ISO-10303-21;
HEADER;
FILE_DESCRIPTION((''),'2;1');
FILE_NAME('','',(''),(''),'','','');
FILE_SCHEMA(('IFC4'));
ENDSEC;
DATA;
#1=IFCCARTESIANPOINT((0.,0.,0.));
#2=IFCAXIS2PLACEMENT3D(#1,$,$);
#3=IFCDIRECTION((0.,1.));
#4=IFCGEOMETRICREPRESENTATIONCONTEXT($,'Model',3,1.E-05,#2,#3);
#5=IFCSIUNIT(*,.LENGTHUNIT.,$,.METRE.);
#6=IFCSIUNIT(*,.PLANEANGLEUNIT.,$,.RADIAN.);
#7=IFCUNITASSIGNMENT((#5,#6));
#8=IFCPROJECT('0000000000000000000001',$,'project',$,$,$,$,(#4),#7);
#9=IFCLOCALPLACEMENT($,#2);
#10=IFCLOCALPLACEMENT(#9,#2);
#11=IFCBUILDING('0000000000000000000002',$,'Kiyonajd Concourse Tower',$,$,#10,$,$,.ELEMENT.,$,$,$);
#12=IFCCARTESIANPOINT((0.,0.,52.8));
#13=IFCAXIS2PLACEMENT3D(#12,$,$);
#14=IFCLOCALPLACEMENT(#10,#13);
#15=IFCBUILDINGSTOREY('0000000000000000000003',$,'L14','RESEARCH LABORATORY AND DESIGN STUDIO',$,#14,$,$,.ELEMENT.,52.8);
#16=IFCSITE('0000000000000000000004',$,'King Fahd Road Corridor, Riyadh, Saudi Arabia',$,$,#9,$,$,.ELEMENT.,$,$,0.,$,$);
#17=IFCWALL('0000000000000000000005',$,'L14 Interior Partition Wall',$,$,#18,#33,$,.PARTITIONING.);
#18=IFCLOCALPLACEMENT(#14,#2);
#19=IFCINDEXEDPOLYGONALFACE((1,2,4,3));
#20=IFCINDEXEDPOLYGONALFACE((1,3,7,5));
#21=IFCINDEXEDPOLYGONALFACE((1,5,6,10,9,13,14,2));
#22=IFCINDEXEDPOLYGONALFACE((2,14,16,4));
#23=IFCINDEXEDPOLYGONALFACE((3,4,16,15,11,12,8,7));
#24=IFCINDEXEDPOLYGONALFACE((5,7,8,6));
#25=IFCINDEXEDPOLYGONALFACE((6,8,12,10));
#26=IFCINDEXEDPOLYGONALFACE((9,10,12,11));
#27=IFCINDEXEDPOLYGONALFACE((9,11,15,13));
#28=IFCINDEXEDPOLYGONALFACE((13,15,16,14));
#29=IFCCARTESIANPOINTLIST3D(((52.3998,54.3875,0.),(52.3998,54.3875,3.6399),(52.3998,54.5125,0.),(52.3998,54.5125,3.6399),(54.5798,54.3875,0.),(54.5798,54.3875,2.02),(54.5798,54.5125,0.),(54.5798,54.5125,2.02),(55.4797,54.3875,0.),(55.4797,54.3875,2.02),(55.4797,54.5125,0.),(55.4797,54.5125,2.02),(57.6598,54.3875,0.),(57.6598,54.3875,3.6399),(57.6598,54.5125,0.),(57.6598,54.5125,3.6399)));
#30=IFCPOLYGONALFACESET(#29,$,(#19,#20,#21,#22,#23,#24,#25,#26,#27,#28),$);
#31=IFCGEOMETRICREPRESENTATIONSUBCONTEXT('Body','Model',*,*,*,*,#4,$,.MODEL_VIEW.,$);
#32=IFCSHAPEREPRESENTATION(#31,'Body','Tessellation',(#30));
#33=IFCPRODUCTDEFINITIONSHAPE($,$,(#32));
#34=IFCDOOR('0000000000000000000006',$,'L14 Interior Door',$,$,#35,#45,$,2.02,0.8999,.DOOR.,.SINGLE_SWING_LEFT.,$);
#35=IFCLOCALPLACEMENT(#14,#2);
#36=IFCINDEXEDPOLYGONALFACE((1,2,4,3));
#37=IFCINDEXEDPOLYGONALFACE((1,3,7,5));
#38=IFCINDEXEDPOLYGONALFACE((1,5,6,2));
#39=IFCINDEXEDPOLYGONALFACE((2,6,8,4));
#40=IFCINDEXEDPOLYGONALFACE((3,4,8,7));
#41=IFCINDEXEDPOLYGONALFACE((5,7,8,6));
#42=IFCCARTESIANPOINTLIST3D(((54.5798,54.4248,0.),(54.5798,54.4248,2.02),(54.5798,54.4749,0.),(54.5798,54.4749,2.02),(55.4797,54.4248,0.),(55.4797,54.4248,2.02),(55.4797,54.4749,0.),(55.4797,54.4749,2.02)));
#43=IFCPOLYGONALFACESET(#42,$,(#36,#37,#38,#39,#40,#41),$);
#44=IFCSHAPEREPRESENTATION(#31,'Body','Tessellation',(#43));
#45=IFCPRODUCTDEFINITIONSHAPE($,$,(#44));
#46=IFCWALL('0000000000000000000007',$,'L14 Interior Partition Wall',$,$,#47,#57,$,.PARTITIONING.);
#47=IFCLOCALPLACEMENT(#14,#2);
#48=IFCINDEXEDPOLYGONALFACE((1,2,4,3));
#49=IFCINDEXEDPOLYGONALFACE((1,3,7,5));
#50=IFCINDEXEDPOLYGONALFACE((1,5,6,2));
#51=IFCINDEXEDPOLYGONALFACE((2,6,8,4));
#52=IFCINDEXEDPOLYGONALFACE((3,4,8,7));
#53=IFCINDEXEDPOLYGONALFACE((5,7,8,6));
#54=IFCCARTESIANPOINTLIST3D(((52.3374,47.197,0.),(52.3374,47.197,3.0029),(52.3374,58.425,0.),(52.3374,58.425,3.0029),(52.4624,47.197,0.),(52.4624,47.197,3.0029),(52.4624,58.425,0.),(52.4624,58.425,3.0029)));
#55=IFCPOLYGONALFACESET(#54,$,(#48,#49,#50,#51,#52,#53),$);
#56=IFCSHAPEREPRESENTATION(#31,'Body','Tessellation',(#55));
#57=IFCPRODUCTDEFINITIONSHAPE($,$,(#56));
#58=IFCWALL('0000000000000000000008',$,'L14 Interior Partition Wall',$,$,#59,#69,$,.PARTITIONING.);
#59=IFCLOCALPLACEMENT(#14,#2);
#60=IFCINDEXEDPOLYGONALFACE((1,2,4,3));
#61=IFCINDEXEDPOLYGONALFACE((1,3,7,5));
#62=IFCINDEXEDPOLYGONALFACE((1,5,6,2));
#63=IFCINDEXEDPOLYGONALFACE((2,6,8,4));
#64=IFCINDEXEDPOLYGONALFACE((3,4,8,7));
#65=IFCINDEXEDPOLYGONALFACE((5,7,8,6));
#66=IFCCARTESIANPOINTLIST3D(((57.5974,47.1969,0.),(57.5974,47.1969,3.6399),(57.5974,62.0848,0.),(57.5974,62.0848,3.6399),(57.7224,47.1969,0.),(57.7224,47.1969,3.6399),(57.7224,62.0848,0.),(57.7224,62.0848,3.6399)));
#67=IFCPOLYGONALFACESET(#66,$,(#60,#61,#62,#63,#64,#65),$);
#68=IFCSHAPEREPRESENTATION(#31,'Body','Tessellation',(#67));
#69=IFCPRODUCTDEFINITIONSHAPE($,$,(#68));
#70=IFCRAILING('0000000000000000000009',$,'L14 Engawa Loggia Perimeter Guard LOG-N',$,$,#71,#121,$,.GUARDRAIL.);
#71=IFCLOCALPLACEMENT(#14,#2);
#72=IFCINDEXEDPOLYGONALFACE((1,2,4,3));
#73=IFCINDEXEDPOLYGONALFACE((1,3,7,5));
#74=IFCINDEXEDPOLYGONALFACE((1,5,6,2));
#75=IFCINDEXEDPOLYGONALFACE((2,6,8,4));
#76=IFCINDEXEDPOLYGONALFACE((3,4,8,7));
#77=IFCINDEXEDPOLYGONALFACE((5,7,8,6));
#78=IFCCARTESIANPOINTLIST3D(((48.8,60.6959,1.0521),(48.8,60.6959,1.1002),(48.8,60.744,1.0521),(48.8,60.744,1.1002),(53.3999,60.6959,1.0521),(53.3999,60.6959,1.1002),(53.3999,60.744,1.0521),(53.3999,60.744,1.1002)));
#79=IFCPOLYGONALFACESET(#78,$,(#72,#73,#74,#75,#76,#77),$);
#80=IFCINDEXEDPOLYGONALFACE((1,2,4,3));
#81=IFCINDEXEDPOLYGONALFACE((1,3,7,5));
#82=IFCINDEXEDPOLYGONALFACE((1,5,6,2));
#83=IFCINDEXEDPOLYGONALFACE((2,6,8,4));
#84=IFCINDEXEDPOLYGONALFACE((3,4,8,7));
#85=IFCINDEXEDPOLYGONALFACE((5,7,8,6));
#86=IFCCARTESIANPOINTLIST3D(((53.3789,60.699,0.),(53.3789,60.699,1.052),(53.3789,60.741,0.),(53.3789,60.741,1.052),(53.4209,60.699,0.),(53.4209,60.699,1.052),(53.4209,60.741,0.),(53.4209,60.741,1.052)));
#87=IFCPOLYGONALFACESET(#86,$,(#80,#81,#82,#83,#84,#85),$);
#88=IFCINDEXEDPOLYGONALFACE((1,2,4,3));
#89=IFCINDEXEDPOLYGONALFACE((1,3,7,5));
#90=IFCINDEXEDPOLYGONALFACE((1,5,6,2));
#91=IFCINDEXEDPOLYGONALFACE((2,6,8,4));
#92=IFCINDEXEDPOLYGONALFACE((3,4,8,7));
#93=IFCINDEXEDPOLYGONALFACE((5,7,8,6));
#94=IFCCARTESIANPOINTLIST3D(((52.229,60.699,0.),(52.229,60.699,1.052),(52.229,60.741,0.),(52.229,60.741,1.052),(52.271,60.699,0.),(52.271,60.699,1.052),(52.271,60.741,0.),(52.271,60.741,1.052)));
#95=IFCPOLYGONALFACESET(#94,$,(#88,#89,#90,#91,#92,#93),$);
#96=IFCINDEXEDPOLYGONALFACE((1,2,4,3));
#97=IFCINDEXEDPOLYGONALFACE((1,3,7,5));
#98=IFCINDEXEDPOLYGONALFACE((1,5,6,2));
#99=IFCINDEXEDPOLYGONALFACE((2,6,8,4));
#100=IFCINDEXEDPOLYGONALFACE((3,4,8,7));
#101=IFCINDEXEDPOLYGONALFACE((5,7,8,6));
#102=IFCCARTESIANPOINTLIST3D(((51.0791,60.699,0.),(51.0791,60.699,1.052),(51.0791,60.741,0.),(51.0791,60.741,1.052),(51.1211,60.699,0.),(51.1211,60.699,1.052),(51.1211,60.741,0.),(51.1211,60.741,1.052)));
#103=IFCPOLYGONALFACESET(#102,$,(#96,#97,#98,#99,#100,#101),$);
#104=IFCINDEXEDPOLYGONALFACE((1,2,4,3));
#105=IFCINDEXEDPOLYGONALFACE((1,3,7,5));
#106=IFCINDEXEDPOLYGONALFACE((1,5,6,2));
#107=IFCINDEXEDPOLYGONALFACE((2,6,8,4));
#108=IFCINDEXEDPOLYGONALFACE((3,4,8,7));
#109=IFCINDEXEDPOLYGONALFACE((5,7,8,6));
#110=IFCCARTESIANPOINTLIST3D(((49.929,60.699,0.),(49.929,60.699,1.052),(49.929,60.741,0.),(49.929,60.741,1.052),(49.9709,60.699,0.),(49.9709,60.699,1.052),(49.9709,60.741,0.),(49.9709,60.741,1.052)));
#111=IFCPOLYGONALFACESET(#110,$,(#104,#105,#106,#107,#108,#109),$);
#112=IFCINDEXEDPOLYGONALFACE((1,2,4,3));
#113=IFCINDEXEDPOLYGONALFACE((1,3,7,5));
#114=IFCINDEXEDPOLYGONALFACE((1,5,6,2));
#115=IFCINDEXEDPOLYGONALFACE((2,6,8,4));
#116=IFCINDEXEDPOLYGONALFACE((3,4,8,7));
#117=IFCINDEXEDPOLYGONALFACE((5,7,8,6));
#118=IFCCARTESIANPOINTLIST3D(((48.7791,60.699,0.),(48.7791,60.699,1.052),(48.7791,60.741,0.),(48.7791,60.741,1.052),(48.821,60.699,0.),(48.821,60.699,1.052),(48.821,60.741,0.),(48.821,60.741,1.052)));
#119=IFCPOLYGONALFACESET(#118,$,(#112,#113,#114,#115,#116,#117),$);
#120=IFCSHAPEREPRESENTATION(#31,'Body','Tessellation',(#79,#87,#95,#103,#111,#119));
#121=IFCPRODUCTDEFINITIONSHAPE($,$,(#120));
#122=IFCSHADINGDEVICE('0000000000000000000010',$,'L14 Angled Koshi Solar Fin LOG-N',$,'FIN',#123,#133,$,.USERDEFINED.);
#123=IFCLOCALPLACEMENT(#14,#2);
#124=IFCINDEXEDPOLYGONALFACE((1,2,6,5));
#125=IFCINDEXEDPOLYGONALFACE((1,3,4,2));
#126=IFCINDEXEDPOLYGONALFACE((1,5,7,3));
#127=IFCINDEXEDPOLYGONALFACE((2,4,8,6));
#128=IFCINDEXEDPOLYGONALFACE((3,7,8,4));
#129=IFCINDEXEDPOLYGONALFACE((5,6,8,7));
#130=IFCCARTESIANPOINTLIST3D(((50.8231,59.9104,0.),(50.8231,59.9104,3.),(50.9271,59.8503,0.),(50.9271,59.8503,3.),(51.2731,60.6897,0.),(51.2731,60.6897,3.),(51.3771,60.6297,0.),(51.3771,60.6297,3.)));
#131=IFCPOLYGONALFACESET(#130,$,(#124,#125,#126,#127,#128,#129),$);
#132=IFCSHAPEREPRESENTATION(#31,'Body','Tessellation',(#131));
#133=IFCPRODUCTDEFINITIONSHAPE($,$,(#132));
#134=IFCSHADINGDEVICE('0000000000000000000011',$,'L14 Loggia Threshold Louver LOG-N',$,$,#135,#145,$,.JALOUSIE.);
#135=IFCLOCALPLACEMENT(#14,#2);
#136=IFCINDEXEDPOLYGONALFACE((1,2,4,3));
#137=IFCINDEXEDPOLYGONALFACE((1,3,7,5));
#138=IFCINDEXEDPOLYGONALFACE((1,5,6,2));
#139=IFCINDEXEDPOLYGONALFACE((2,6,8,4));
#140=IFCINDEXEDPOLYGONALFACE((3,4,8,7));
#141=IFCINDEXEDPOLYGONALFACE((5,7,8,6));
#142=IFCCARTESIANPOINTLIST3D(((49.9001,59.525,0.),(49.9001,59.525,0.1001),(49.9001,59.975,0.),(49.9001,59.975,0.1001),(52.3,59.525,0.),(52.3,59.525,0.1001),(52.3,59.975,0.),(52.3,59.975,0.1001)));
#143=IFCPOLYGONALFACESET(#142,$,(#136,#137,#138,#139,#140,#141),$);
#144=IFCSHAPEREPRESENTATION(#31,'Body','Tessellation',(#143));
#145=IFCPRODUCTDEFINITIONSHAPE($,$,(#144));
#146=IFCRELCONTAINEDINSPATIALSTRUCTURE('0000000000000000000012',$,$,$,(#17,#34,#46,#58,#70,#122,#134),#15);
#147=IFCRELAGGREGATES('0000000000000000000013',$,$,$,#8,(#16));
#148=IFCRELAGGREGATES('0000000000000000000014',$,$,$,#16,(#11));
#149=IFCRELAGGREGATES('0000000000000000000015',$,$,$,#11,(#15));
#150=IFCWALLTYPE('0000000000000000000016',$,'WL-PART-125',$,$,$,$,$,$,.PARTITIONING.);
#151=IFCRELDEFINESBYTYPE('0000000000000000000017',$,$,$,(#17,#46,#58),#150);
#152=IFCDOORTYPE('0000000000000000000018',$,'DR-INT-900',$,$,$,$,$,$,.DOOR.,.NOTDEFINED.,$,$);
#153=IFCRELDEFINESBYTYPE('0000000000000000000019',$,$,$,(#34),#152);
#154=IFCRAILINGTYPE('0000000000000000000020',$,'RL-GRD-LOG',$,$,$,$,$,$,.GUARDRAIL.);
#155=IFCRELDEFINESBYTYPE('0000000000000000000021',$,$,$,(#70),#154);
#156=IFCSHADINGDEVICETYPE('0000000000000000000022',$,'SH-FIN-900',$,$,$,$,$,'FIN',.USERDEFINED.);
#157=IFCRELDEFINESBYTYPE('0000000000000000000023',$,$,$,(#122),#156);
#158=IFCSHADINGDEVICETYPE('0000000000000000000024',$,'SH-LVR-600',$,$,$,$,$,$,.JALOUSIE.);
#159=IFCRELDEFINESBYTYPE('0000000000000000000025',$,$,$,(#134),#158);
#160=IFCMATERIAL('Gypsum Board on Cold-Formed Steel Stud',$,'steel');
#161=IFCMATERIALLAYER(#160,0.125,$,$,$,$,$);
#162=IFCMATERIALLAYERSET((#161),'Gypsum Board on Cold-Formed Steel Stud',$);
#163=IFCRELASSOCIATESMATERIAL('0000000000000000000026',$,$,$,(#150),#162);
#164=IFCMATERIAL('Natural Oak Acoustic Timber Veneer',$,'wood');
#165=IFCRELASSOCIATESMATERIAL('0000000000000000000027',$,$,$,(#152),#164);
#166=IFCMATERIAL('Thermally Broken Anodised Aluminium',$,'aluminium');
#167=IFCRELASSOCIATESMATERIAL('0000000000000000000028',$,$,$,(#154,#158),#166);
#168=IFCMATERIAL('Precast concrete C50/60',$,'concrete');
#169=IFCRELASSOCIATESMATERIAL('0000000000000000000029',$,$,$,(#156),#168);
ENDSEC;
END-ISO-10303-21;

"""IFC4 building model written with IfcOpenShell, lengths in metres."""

from ifc_helpers import new_model, si_unit, direction, frame, frame_2d, origin, origin_2d, place, context, subcontext, project, spatial, rectangle, extrude, material, layer, layer_set, type_object, element, fill, save


model = new_model("IFC4")

# Units and contexts
model_context = context("Model", 3, precision=1e-05, world=origin(), true_north=direction((0.0, 1.0)))
body_context = subcontext(model_context, "Body", "Model", "MODEL_VIEW")
ifc_project = project(units=[si_unit("LENGTHUNIT", "METRE"), si_unit("PLANEANGLEUNIT", "RADIAN")], contexts=[model_context])

# Site, building, storey
site_placement = place(None, origin())
site = spatial("IfcSite", under=ifc_project, at=site_placement, Name="King Fahd Road Corridor, Riyadh, Saudi Arabia", CompositionType="ELEMENT", RefElevation=0.0)
building_placement = place(site_placement, origin())
building = spatial("IfcBuilding", under=site, at=building_placement, Name="Kiyonajd Concourse Tower", CompositionType="ELEMENT")
storey_placement = place(building_placement, frame((0.0, 0.0, 52.8)))
storey = spatial("IfcBuildingStorey", under=building, at=storey_placement, Name="L14", Description="RESEARCH LABORATORY AND DESIGN STUDIO", CompositionType="ELEMENT", Elevation=52.8)

# Shared definitions
ifc_material_1 = material(Name="Precast concrete C50/60", Category="concrete")

# Shared definitions
ifc_material_2 = material(Name="Thermally Broken Anodised Aluminium", Category="aluminium")

# Wall, opening, door
ifc_material_3 = material(Name="Gypsum Board on Cold-Formed Steel Stud", Category="steel")
ifc_layer_1 = layer(ifc_material_3, 0.125)
ifc_layer_set_1 = layer_set([ifc_layer_1], Name="Gypsum Board on Cold-Formed Steel Stud")
wall_type_1 = type_object("IfcWallType", Name="WL-PART-125", PredefinedType="PARTITIONING", material=ifc_layer_set_1)
wall_1_placement = place(storey_placement, frame((52.3999, 54.45, 0.0), z_axis=(0.0, 0.0, 1.0), x_axis=(1.0, 0.0, 0.0)))
wall_1 = element("IfcWall", 1, at=wall_1_placement, inside=storey, type_object=wall_type_1, Name="L14 Interior Partition Wall", PredefinedType="PARTITIONING", context=body_context, shape_type="SweptSolid", body=[
    extrude(rectangle(XDim=5.26, YDim=0.125, at=frame_2d((2.6299, 0.0))), origin(), (0.0, 0.0, 1.0), 3.6399),
])
opening_1_placement = place(wall_1_placement, frame((2.1799, 0.0, 0.0)))
opening_1 = element("IfcOpeningElement", 2, at=opening_1_placement, cuts=wall_1, PredefinedType="OPENING", context=body_context, shape_type="SweptSolid", body=[
    extrude(rectangle(XDim=0.8999, YDim=2.02, at=frame_2d((0.45, 1.01))), frame((0.0, 0.0725, 0.0), z_axis=(0.0, -1.0, 0.0), x_axis=(1.0, 0.0, 0.0)), (0.0, 0.0, 1.0), 0.145),
])
ifc_material_4 = material(Name="Natural Oak Acoustic Timber Veneer", Category="wood")
door_type_1 = type_object("IfcDoorType", Name="DR-INT-900", OperationType="NOTDEFINED", PredefinedType="DOOR", material=ifc_material_4)
door_1_placement = place(opening_1_placement, origin())
door_1 = element("IfcDoor", 3, at=door_1_placement, inside=storey, type_object=door_type_1, Name="L14 Interior Door", OperationType="SINGLE_SWING_LEFT", OverallHeight=2.02, OverallWidth=0.8999, PredefinedType="DOOR", context=body_context, shape_type="SweptSolid", body=[
    extrude(rectangle(XDim=0.8999, YDim=2.02, at=frame_2d((0.45, 1.01))), frame((0.0, 0.0249, 0.0), z_axis=(0.0, -1.0, 0.0), x_axis=(1.0, 0.0, 0.0)), (0.0, 0.0, 1.0), 0.05),
])
fill(opening_1, door_1)

# Walls
wall_2_placement = place(storey_placement, frame((52.3999, 47.197, 0.0), z_axis=(0.0, 0.0, 1.0), x_axis=(0.0, 1.0, 0.0)))
element("IfcWall", 4, at=wall_2_placement, inside=storey, type_object=wall_type_1, Name="L14 Interior Partition Wall", PredefinedType="PARTITIONING", context=body_context, shape_type="SweptSolid", body=[
    extrude(rectangle(XDim=11.228, YDim=0.125, at=frame_2d((5.614, 0.0))), origin(), (0.0, 0.0, 1.0), 3.0029),
])
wall_3_placement = place(storey_placement, frame((57.6599, 47.197, 0.0), z_axis=(0.0, 0.0, 1.0), x_axis=(0.0, 1.0, 0.0)))
element("IfcWall", 5, at=wall_3_placement, inside=storey, type_object=wall_type_1, Name="L14 Interior Partition Wall", PredefinedType="PARTITIONING", context=body_context, shape_type="SweptSolid", body=[
    extrude(rectangle(XDim=14.8879, YDim=0.125, at=frame_2d((7.4438, 0.0))), origin(), (0.0, 0.0, 1.0), 3.6399),
])

# Railing
railing_type = type_object("IfcRailingType", Name="RL-GRD-LOG", PredefinedType="GUARDRAIL", material=ifc_material_2)
railing_placement = place(storey_placement, frame((53.3999, 60.72, 0.0)))
element("IfcRailing", 6, at=railing_placement, inside=storey, type_object=railing_type, Name="L14 Engawa Loggia Perimeter Guard LOG-N", PredefinedType="GUARDRAIL", context=body_context, shape_type="SweptSolid", body=[
    extrude(rectangle(XDim=0.0481, YDim=0.0481, at=origin_2d()), frame((0.0, 0.0, 1.0762), z_axis=(-1.0, 0.0, 0.0), x_axis=(0.0, -1.0, 0.0)), (0.0, 0.0, 1.0), 4.5999),
    extrude(rectangle(XDim=0.042, YDim=0.042, at=origin_2d()), origin(), (0.0, 0.0, 1.0), 1.052),
    extrude(rectangle(XDim=0.042, YDim=0.042, at=origin_2d()), frame((-1.1499, 0.0, 0.0)), (0.0, 0.0, 1.0), 1.052),
    extrude(rectangle(XDim=0.042, YDim=0.042, at=origin_2d()), frame((-2.2998, 0.0, 0.0)), (0.0, 0.0, 1.0), 1.052),
    extrude(rectangle(XDim=0.042, YDim=0.042, at=origin_2d()), frame((-3.45, 0.0, 0.0)), (0.0, 0.0, 1.0), 1.052),
    extrude(rectangle(XDim=0.042, YDim=0.042, at=origin_2d()), frame((-4.5999, 0.0, 0.0)), (0.0, 0.0, 1.0), 1.052),
])

# Shading devices
shading_device_type_1 = type_object("IfcShadingDeviceType", Name="SH-FIN-900", ElementType="FIN", PredefinedType="USERDEFINED", material=ifc_material_1)
shading_device_1_placement = place(storey_placement, frame((51.1001, 60.27, 0.0), z_axis=(0.0, 0.0, 1.0), x_axis=(0.5, 0.866025, 0.0)))
element("IfcShadingDevice", 7, at=shading_device_1_placement, inside=storey, type_object=shading_device_type_1, Name="L14 Angled Koshi Solar Fin LOG-N", ObjectType="FIN", PredefinedType="USERDEFINED", context=body_context, shape_type="SweptSolid", body=[
    extrude(rectangle(XDim=0.8999, YDim=0.1201, at=origin_2d()), origin(), (0.0, 0.0, 1.0), 3.0),
])
shading_device_type_2 = type_object("IfcShadingDeviceType", Name="SH-LVR-600", PredefinedType="JALOUSIE", material=ifc_material_2)
shading_device_2_placement = place(storey_placement, frame((51.1001, 59.75, 0.0), z_axis=(0.0, 0.0, 1.0), x_axis=(1.0, 0.0, 0.0)))
element("IfcShadingDevice", 8, at=shading_device_2_placement, inside=storey, type_object=shading_device_type_2, Name="L14 Loggia Threshold Louver LOG-N", PredefinedType="JALOUSIE", context=body_context, shape_type="SweptSolid", body=[
    extrude(rectangle(XDim=2.3999, YDim=0.45, at=origin_2d()), origin(), (0.0, 0.0, 1.0), 0.1001),
])

save(model, "model.ifc")
